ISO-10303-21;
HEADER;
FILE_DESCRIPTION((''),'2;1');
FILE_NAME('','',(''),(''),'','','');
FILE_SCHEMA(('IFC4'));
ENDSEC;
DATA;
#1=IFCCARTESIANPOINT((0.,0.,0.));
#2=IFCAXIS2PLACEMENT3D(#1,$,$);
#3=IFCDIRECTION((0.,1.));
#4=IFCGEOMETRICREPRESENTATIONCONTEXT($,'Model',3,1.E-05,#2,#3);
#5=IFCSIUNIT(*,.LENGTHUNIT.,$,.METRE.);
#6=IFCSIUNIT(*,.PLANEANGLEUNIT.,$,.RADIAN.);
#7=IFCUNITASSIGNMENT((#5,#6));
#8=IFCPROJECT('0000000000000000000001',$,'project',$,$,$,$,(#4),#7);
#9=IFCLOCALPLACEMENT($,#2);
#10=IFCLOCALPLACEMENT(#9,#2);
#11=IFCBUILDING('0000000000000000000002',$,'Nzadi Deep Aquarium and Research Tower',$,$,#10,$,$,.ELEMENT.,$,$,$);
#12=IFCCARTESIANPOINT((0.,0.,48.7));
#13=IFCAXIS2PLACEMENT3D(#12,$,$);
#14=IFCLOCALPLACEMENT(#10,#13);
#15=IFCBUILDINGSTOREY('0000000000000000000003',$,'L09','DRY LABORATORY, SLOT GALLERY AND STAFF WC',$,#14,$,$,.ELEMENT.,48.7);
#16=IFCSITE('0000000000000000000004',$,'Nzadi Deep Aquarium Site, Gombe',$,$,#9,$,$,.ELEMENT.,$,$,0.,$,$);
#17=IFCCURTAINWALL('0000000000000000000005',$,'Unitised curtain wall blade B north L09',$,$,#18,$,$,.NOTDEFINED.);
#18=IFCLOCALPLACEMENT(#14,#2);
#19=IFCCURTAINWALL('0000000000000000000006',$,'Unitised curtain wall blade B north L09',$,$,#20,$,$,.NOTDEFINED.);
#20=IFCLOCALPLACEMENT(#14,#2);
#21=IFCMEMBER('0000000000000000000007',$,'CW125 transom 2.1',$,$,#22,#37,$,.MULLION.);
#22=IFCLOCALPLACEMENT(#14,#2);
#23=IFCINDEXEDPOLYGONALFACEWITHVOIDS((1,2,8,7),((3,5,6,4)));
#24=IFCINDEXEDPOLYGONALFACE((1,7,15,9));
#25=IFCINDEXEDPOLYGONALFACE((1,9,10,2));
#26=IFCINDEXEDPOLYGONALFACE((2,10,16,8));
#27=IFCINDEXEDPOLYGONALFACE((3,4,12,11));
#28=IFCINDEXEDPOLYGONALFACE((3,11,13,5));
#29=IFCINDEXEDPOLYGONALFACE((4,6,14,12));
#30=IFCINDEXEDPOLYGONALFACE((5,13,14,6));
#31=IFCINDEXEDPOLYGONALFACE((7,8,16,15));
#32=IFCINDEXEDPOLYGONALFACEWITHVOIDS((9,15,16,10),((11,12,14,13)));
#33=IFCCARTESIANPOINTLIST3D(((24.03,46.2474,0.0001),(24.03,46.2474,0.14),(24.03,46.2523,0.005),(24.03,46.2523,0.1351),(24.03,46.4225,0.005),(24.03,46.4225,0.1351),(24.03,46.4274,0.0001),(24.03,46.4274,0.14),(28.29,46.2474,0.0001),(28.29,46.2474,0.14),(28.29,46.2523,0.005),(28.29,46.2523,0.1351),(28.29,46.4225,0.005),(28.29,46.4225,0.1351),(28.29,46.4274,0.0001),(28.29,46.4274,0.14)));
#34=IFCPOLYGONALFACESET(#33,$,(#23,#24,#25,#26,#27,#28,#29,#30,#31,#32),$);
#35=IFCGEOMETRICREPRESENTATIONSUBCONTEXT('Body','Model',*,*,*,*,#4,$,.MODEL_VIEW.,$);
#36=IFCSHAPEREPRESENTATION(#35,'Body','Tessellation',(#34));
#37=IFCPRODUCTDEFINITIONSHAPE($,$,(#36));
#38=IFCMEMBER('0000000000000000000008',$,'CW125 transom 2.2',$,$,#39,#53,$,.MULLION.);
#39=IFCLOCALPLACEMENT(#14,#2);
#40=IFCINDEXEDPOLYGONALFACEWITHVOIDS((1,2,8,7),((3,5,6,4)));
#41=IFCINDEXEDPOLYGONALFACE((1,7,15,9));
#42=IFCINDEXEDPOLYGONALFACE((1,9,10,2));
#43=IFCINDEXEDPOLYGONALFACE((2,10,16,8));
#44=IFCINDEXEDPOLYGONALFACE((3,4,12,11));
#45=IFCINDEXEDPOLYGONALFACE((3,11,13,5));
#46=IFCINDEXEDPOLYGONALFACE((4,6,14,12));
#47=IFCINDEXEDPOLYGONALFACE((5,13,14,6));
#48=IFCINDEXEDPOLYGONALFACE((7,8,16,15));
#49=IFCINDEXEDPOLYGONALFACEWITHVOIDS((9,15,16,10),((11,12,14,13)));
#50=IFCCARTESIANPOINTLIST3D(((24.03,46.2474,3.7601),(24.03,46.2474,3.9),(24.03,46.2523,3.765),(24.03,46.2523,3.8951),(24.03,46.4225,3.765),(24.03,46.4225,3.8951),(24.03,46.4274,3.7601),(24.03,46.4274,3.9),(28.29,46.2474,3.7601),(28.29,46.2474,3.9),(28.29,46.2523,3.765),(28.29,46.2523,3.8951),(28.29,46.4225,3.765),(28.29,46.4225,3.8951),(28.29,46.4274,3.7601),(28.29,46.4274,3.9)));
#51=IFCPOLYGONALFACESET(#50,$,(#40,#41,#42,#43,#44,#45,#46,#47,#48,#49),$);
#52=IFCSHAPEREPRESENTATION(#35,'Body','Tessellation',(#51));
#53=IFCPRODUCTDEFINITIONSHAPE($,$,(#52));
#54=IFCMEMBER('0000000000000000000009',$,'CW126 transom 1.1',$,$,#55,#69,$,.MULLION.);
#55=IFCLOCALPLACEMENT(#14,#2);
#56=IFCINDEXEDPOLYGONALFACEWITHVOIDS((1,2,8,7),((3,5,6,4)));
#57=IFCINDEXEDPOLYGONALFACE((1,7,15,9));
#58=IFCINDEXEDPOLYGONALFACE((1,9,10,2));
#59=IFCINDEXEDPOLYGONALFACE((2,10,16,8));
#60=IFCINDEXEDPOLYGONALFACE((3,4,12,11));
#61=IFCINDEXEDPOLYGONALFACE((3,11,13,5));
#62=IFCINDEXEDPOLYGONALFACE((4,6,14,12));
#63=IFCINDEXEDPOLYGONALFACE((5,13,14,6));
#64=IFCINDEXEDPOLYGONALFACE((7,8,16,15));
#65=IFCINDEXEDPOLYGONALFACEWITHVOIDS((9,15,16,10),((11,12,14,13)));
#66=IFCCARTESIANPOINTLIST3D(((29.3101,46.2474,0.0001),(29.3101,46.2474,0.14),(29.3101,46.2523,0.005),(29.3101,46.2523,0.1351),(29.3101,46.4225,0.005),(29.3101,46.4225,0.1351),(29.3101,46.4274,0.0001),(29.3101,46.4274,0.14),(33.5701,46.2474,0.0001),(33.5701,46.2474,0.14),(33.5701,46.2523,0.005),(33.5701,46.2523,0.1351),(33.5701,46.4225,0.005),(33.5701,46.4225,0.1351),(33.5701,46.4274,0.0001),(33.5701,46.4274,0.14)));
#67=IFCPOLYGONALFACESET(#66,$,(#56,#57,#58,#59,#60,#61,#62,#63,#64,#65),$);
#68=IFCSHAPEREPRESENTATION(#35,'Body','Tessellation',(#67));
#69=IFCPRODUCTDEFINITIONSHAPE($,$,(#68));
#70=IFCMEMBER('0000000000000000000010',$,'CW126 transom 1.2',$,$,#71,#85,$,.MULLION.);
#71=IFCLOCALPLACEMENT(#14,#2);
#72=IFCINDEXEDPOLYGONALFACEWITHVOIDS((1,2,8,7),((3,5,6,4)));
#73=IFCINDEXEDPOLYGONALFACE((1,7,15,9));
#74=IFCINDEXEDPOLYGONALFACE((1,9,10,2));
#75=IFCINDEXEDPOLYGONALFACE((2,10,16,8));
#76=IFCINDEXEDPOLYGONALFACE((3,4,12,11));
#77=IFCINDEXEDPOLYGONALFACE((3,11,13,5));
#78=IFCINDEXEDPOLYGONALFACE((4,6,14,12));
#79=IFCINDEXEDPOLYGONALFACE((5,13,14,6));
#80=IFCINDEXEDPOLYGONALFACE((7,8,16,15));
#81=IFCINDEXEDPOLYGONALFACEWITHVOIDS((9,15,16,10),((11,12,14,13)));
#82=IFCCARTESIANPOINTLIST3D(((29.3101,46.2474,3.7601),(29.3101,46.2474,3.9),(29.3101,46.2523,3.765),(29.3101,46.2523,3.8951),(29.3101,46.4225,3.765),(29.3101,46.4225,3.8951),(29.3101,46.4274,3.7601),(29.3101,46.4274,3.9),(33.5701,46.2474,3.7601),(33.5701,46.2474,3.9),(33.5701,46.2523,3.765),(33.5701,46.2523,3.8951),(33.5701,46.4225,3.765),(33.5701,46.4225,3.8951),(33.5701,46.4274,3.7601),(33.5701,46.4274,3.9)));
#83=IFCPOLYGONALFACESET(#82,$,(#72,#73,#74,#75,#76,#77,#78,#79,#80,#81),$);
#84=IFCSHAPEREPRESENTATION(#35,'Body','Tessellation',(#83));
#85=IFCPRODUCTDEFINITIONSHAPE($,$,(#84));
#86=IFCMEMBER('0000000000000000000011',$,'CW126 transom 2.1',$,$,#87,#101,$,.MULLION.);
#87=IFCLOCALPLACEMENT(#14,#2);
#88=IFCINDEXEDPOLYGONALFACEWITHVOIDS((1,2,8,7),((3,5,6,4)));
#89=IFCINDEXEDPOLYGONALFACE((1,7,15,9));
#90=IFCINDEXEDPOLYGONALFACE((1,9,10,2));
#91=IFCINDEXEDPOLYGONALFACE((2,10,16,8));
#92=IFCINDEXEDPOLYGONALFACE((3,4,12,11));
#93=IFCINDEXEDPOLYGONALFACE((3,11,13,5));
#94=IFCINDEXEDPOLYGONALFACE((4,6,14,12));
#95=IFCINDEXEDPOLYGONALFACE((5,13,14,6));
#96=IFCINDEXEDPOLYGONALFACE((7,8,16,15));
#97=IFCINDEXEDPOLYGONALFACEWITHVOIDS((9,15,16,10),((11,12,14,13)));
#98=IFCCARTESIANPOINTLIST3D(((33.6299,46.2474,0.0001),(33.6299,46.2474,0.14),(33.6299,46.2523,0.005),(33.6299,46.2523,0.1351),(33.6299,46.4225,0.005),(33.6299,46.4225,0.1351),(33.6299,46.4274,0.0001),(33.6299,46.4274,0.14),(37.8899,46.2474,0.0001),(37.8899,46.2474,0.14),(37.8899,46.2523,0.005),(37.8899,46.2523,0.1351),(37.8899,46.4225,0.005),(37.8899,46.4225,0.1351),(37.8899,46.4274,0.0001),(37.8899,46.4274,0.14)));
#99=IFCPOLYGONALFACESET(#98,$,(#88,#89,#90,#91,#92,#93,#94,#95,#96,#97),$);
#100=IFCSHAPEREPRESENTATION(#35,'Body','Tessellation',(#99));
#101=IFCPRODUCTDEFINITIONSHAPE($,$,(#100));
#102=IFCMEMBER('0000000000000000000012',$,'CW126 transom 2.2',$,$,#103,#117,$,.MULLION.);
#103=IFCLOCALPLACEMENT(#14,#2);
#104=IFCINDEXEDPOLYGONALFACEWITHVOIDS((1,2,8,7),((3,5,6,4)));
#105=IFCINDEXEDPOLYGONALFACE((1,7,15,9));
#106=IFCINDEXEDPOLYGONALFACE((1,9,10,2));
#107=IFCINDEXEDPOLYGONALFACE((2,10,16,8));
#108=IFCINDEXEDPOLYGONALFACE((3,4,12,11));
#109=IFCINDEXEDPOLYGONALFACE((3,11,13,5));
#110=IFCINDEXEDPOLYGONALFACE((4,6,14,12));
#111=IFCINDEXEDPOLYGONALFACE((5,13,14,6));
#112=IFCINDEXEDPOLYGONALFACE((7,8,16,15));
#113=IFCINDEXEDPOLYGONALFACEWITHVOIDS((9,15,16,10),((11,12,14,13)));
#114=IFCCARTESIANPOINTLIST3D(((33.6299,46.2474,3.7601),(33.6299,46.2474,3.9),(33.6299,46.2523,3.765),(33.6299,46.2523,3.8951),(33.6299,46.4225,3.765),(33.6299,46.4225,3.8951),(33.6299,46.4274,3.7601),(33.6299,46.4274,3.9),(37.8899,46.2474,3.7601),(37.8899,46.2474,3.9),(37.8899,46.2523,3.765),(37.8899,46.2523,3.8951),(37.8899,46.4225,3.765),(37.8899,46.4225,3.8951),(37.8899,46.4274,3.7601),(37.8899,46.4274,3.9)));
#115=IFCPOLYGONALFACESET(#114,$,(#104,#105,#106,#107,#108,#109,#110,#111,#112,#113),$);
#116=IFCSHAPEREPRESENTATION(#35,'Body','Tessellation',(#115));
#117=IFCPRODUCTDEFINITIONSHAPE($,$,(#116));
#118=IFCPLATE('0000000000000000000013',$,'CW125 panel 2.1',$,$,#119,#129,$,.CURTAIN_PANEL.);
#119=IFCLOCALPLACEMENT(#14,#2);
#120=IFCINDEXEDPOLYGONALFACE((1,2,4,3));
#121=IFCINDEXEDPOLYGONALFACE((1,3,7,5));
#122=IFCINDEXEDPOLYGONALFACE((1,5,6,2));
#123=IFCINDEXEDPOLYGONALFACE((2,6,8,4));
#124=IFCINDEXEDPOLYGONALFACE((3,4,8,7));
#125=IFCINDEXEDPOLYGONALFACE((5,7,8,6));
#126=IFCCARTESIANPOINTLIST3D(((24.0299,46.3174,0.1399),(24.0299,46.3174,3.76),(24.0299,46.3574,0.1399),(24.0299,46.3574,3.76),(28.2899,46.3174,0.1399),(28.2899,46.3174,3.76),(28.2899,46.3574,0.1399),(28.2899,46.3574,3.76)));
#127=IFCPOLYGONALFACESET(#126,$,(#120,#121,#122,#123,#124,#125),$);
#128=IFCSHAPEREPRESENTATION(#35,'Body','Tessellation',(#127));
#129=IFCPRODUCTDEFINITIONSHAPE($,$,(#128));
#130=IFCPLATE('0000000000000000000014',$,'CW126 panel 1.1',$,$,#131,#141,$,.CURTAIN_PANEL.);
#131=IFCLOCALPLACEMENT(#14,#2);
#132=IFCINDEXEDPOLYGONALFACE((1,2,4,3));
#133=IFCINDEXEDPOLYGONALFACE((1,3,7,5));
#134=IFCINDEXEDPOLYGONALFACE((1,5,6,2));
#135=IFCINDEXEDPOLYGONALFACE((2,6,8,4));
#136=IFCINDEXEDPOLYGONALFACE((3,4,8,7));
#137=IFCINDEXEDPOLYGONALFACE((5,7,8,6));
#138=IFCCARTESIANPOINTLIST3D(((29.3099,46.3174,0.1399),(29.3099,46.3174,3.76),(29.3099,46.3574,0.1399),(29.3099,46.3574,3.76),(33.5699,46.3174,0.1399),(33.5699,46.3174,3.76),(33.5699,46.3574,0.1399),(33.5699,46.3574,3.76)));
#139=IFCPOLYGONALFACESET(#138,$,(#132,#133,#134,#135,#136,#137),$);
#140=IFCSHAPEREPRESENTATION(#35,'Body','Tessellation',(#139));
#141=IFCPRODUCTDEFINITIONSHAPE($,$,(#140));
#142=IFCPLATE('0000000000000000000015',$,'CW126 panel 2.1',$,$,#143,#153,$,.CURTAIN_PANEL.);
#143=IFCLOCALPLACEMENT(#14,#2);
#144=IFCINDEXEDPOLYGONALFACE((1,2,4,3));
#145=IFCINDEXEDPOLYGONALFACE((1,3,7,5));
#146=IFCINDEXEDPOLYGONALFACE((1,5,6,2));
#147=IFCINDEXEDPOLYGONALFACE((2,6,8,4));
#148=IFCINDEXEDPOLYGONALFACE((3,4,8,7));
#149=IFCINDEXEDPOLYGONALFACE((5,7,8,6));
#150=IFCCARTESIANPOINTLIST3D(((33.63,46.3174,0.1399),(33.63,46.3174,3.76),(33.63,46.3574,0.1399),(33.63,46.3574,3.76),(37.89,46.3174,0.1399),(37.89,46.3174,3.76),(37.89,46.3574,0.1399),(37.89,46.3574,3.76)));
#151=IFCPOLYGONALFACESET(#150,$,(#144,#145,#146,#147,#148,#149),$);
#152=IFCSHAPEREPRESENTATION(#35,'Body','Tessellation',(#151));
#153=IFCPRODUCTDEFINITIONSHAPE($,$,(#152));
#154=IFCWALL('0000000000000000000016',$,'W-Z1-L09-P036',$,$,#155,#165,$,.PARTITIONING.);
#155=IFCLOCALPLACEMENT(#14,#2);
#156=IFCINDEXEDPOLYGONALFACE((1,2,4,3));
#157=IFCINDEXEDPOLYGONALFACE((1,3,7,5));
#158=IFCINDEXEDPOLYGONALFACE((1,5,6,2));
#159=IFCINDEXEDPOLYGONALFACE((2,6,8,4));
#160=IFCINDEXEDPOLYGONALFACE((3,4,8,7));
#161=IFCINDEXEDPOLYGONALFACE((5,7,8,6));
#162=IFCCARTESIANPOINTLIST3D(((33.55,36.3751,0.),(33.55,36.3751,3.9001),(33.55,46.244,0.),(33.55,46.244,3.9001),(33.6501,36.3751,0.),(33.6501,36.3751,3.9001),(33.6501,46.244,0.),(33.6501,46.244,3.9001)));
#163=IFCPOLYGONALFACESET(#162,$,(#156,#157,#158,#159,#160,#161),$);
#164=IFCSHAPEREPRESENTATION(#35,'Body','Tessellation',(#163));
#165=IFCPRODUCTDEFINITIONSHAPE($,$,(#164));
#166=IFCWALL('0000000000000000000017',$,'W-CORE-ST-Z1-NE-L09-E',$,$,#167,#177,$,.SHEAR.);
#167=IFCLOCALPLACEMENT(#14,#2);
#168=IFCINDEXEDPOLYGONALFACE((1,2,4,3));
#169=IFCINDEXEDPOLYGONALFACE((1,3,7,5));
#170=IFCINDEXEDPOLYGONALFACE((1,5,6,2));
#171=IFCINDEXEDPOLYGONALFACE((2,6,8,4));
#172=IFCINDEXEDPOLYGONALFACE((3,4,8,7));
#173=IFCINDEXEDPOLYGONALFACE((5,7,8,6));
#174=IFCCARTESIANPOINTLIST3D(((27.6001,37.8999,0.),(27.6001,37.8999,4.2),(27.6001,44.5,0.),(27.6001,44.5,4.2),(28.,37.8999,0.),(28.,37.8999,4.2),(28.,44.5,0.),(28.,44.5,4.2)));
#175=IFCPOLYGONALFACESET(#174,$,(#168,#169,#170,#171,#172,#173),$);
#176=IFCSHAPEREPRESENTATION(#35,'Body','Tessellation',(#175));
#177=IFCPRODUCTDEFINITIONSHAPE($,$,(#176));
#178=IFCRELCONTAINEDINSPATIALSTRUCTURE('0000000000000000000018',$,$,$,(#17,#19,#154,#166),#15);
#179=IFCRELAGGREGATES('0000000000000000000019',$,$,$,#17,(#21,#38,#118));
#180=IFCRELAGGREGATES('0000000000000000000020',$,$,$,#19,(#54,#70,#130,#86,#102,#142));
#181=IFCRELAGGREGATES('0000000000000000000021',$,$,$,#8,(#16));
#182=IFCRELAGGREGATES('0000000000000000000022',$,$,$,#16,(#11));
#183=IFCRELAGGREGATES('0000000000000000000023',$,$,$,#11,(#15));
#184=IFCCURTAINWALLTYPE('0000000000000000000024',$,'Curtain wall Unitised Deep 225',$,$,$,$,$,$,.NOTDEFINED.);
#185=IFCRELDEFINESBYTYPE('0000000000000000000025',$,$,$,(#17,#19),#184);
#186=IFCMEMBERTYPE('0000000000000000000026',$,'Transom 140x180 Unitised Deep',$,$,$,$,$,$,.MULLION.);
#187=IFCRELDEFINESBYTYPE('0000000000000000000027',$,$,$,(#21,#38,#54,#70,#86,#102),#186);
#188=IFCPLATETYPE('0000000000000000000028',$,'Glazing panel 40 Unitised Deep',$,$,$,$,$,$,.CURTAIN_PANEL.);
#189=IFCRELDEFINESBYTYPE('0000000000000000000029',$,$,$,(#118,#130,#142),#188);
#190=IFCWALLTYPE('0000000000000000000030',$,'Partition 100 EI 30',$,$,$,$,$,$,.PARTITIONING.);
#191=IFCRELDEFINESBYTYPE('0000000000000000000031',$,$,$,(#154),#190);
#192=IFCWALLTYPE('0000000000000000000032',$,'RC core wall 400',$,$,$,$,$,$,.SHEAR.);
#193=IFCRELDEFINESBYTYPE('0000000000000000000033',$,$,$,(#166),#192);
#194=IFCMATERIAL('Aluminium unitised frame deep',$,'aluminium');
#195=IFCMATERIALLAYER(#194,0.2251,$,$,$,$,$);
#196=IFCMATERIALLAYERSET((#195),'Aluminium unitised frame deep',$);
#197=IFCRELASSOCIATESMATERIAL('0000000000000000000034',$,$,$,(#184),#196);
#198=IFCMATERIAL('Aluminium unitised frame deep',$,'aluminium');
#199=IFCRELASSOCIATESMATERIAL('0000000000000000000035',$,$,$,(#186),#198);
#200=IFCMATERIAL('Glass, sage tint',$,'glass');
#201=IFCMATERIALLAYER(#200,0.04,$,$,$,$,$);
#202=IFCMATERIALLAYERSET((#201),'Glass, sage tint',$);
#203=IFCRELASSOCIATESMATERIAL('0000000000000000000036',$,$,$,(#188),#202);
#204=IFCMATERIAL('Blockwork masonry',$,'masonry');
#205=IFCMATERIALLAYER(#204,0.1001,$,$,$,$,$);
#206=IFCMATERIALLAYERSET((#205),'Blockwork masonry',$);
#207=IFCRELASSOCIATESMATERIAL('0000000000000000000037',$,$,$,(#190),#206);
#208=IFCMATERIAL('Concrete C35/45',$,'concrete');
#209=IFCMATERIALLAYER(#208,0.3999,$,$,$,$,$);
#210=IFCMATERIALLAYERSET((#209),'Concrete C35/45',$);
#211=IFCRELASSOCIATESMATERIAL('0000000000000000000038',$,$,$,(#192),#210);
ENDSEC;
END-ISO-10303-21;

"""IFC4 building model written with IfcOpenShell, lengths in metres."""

from ifc_helpers import new_model, si_unit, direction, frame, frame_2d, origin, origin_2d, place, context, subcontext, project, spatial, rectangle, hollow_rectangle, extrude, material, layer, layer_set, material_profile, profile_set, type_object, element, aggregate, save


model = new_model("IFC4")

# Units and contexts
model_context = context("Model", 3, precision=1e-05, world=origin(), true_north=direction((0.0, 1.0)))
body_context = subcontext(model_context, "Body", "Model", "MODEL_VIEW")
ifc_project = project(units=[si_unit("LENGTHUNIT", "METRE"), si_unit("PLANEANGLEUNIT", "RADIAN")], contexts=[model_context])

# Site, building, storey
site_placement = place(None, origin())
site = spatial("IfcSite", under=ifc_project, at=site_placement, Name="Nzadi Deep Aquarium Site, Gombe", CompositionType="ELEMENT", RefElevation=0.0)
building_placement = place(site_placement, origin())
building = spatial("IfcBuilding", under=site, at=building_placement, Name="Nzadi Deep Aquarium and Research Tower", CompositionType="ELEMENT")
storey_placement = place(building_placement, frame((0.0, 0.0, 48.7)))
storey = spatial("IfcBuildingStorey", under=building, at=storey_placement, Name="L09", Description="DRY LABORATORY, SLOT GALLERY AND STAFF WC", CompositionType="ELEMENT", Elevation=48.7)

# Curtain wall
ifc_material_1 = material(Name="Aluminium unitised frame deep", Category="aluminium")
ifc_layer_1 = layer(ifc_material_1, 0.2251)
ifc_layer_set_1 = layer_set([ifc_layer_1], Name="Aluminium unitised frame deep")
curtain_wall_type = type_object("IfcCurtainWallType", Name="Curtain wall Unitised Deep 225", PredefinedType="NOTDEFINED", material=ifc_layer_set_1)
curtain_wall_1_placement = place(storey_placement, origin())
curtain_wall_1 = element("IfcCurtainWall", 1, at=curtain_wall_1_placement, inside=storey, type_object=curtain_wall_type, Name="Unitised curtain wall blade B north L09", PredefinedType="NOTDEFINED")

# Curtain wall
curtain_wall_2_placement = place(storey_placement, origin())
curtain_wall_2 = element("IfcCurtainWall", 2, at=curtain_wall_2_placement, inside=storey, type_object=curtain_wall_type, Name="Unitised curtain wall blade B north L09", PredefinedType="NOTDEFINED")

# Members
ifc_material_2 = material(Name="Aluminium unitised frame deep", Category="aluminium")
ifc_material_profile_1 = material_profile(ifc_material_2, hollow_rectangle(XDim=0.1799, YDim=0.1399, WallThickness=0.0049, at=origin_2d()))
ifc_profile_set_1 = profile_set([ifc_material_profile_1], Name="Aluminium unitised frame deep")
member_type_1 = type_object("IfcMemberType", Name="Transom 140x180 Unitised Deep", PredefinedType="MULLION", material=ifc_profile_set_1)
member_1_placement = place(storey_placement, frame((24.03, 46.3374, 0.0701), z_axis=(1.0, 0.0, 0.0), x_axis=(0.0, 1.0, 0.0)))
member_1 = element("IfcMember", 3, at=member_1_placement, type_object=member_type_1, Name="CW125 transom 2.1", PredefinedType="MULLION", context=body_context, shape_type="SweptSolid", body=[
    extrude(hollow_rectangle(XDim=0.1799, YDim=0.1399, WallThickness=0.0049, at=origin_2d()), origin(), (0.0, 0.0, 1.0), 4.26),
])
member_2_placement = place(storey_placement, frame((24.03, 46.3374, 3.8301), z_axis=(1.0, 0.0, 0.0), x_axis=(0.0, 1.0, 0.0)))
member_2 = element("IfcMember", 4, at=member_2_placement, type_object=member_type_1, Name="CW125 transom 2.2", PredefinedType="MULLION", context=body_context, shape_type="SweptSolid", body=[
    extrude(hollow_rectangle(XDim=0.1799, YDim=0.1399, WallThickness=0.0049, at=origin_2d()), origin(), (0.0, 0.0, 1.0), 4.26),
])
member_3_placement = place(storey_placement, frame((29.3101, 46.3374, 0.0701), z_axis=(1.0, 0.0, 0.0), x_axis=(0.0, 1.0, 0.0)))
member_3 = element("IfcMember", 5, at=member_3_placement, type_object=member_type_1, Name="CW126 transom 1.1", PredefinedType="MULLION", context=body_context, shape_type="SweptSolid", body=[
    extrude(hollow_rectangle(XDim=0.1799, YDim=0.1399, WallThickness=0.0049, at=origin_2d()), origin(), (0.0, 0.0, 1.0), 4.26),
])
member_4_placement = place(storey_placement, frame((29.3101, 46.3374, 3.8301), z_axis=(1.0, 0.0, 0.0), x_axis=(0.0, 1.0, 0.0)))
member_4 = element("IfcMember", 6, at=member_4_placement, type_object=member_type_1, Name="CW126 transom 1.2", PredefinedType="MULLION", context=body_context, shape_type="SweptSolid", body=[
    extrude(hollow_rectangle(XDim=0.1799, YDim=0.1399, WallThickness=0.0049, at=origin_2d()), origin(), (0.0, 0.0, 1.0), 4.26),
])
member_5_placement = place(storey_placement, frame((33.6299, 46.3374, 0.0701), z_axis=(1.0, 0.0, 0.0), x_axis=(0.0, 1.0, 0.0)))
member_5 = element("IfcMember", 7, at=member_5_placement, type_object=member_type_1, Name="CW126 transom 2.1", PredefinedType="MULLION", context=body_context, shape_type="SweptSolid", body=[
    extrude(hollow_rectangle(XDim=0.1799, YDim=0.1399, WallThickness=0.0049, at=origin_2d()), origin(), (0.0, 0.0, 1.0), 4.26),
])
member_6_placement = place(storey_placement, frame((33.6299, 46.3374, 3.8301), z_axis=(1.0, 0.0, 0.0), x_axis=(0.0, 1.0, 0.0)))
member_6 = element("IfcMember", 8, at=member_6_placement, type_object=member_type_1, Name="CW126 transom 2.2", PredefinedType="MULLION", context=body_context, shape_type="SweptSolid", body=[
    extrude(hollow_rectangle(XDim=0.1799, YDim=0.1399, WallThickness=0.0049, at=origin_2d()), origin(), (0.0, 0.0, 1.0), 4.26),
])

# Plates
ifc_material_3 = material(Name="Glass, sage tint", Category="glass")
ifc_layer_2 = layer(ifc_material_3, 0.04)
ifc_layer_set_2 = layer_set([ifc_layer_2], Name="Glass, sage tint")
plate_type = type_object("IfcPlateType", Name="Glazing panel 40 Unitised Deep", PredefinedType="CURTAIN_PANEL", material=ifc_layer_set_2)
plate_1_placement = place(storey_placement, frame((26.1599, 46.3374, 0.1399), z_axis=(0.0, 0.0, 1.0), x_axis=(1.0, 0.0, 0.0)))
plate_1 = element("IfcPlate", 9, at=plate_1_placement, type_object=plate_type, Name="CW125 panel 2.1", PredefinedType="CURTAIN_PANEL", context=body_context, shape_type="SweptSolid", body=[
    extrude(rectangle(XDim=4.26, YDim=0.04, at=origin_2d()), origin(), (0.0, 0.0, 1.0), 3.6201),
])
aggregate(curtain_wall_1, [member_1, member_2, plate_1])
plate_2_placement = place(storey_placement, frame((31.4399, 46.3374, 0.1399), z_axis=(0.0, 0.0, 1.0), x_axis=(1.0, 0.0, 0.0)))
plate_2 = element("IfcPlate", 10, at=plate_2_placement, type_object=plate_type, Name="CW126 panel 1.1", PredefinedType="CURTAIN_PANEL", context=body_context, shape_type="SweptSolid", body=[
    extrude(rectangle(XDim=4.26, YDim=0.04, at=origin_2d()), origin(), (0.0, 0.0, 1.0), 3.6201),
])
plate_3_placement = place(storey_placement, frame((35.76, 46.3374, 0.1399), z_axis=(0.0, 0.0, 1.0), x_axis=(1.0, 0.0, 0.0)))
plate_3 = element("IfcPlate", 11, at=plate_3_placement, type_object=plate_type, Name="CW126 panel 2.1", PredefinedType="CURTAIN_PANEL", context=body_context, shape_type="SweptSolid", body=[
    extrude(rectangle(XDim=4.26, YDim=0.04, at=origin_2d()), origin(), (0.0, 0.0, 1.0), 3.6201),
])
aggregate(curtain_wall_2, [member_3, member_4, plate_2, member_5, member_6, plate_3])

# Walls
ifc_material_4 = material(Name="Blockwork masonry", Category="masonry")
ifc_layer_3 = layer(ifc_material_4, 0.1001)
ifc_layer_set_3 = layer_set([ifc_layer_3], Name="Blockwork masonry")
wall_type_1 = type_object("IfcWallType", Name="Partition 100 EI 30", PredefinedType="PARTITIONING", material=ifc_layer_set_3)
wall_1_placement = place(storey_placement, frame((33.6001, 36.375, 0.0), z_axis=(0.0, 0.0, 1.0), x_axis=(0.0, 1.0, 0.0)))
element("IfcWall", 12, at=wall_1_placement, inside=storey, type_object=wall_type_1, Name="W-Z1-L09-P036", PredefinedType="PARTITIONING", context=body_context, shape_type="SweptSolid", body=[
    extrude(rectangle(XDim=9.8689, YDim=0.1001, at=frame_2d((4.9346, 0.0))), origin(), (0.0, 0.0, 1.0), 3.9001),
])
ifc_material_5 = material(Name="Concrete C35/45", Category="concrete")
ifc_layer_4 = layer(ifc_material_5, 0.3999)
ifc_layer_set_4 = layer_set([ifc_layer_4], Name="Concrete C35/45")
wall_type_2 = type_object("IfcWallType", Name="RC core wall 400", PredefinedType="SHEAR", material=ifc_layer_set_4)
wall_2_placement = place(storey_placement, frame((27.8, 37.8999, 0.0), z_axis=(0.0, 0.0, 1.0), x_axis=(0.0, 1.0, 0.0)))
element("IfcWall", 13, at=wall_2_placement, inside=storey, type_object=wall_type_2, Name="W-CORE-ST-Z1-NE-L09-E", PredefinedType="SHEAR", context=body_context, shape_type="SweptSolid", body=[
    extrude(rectangle(XDim=6.6001, YDim=0.3999, at=frame_2d((3.3, 0.0))), origin(), (0.0, 0.0, 1.0), 4.2),
])

save(model, "model.ifc")
